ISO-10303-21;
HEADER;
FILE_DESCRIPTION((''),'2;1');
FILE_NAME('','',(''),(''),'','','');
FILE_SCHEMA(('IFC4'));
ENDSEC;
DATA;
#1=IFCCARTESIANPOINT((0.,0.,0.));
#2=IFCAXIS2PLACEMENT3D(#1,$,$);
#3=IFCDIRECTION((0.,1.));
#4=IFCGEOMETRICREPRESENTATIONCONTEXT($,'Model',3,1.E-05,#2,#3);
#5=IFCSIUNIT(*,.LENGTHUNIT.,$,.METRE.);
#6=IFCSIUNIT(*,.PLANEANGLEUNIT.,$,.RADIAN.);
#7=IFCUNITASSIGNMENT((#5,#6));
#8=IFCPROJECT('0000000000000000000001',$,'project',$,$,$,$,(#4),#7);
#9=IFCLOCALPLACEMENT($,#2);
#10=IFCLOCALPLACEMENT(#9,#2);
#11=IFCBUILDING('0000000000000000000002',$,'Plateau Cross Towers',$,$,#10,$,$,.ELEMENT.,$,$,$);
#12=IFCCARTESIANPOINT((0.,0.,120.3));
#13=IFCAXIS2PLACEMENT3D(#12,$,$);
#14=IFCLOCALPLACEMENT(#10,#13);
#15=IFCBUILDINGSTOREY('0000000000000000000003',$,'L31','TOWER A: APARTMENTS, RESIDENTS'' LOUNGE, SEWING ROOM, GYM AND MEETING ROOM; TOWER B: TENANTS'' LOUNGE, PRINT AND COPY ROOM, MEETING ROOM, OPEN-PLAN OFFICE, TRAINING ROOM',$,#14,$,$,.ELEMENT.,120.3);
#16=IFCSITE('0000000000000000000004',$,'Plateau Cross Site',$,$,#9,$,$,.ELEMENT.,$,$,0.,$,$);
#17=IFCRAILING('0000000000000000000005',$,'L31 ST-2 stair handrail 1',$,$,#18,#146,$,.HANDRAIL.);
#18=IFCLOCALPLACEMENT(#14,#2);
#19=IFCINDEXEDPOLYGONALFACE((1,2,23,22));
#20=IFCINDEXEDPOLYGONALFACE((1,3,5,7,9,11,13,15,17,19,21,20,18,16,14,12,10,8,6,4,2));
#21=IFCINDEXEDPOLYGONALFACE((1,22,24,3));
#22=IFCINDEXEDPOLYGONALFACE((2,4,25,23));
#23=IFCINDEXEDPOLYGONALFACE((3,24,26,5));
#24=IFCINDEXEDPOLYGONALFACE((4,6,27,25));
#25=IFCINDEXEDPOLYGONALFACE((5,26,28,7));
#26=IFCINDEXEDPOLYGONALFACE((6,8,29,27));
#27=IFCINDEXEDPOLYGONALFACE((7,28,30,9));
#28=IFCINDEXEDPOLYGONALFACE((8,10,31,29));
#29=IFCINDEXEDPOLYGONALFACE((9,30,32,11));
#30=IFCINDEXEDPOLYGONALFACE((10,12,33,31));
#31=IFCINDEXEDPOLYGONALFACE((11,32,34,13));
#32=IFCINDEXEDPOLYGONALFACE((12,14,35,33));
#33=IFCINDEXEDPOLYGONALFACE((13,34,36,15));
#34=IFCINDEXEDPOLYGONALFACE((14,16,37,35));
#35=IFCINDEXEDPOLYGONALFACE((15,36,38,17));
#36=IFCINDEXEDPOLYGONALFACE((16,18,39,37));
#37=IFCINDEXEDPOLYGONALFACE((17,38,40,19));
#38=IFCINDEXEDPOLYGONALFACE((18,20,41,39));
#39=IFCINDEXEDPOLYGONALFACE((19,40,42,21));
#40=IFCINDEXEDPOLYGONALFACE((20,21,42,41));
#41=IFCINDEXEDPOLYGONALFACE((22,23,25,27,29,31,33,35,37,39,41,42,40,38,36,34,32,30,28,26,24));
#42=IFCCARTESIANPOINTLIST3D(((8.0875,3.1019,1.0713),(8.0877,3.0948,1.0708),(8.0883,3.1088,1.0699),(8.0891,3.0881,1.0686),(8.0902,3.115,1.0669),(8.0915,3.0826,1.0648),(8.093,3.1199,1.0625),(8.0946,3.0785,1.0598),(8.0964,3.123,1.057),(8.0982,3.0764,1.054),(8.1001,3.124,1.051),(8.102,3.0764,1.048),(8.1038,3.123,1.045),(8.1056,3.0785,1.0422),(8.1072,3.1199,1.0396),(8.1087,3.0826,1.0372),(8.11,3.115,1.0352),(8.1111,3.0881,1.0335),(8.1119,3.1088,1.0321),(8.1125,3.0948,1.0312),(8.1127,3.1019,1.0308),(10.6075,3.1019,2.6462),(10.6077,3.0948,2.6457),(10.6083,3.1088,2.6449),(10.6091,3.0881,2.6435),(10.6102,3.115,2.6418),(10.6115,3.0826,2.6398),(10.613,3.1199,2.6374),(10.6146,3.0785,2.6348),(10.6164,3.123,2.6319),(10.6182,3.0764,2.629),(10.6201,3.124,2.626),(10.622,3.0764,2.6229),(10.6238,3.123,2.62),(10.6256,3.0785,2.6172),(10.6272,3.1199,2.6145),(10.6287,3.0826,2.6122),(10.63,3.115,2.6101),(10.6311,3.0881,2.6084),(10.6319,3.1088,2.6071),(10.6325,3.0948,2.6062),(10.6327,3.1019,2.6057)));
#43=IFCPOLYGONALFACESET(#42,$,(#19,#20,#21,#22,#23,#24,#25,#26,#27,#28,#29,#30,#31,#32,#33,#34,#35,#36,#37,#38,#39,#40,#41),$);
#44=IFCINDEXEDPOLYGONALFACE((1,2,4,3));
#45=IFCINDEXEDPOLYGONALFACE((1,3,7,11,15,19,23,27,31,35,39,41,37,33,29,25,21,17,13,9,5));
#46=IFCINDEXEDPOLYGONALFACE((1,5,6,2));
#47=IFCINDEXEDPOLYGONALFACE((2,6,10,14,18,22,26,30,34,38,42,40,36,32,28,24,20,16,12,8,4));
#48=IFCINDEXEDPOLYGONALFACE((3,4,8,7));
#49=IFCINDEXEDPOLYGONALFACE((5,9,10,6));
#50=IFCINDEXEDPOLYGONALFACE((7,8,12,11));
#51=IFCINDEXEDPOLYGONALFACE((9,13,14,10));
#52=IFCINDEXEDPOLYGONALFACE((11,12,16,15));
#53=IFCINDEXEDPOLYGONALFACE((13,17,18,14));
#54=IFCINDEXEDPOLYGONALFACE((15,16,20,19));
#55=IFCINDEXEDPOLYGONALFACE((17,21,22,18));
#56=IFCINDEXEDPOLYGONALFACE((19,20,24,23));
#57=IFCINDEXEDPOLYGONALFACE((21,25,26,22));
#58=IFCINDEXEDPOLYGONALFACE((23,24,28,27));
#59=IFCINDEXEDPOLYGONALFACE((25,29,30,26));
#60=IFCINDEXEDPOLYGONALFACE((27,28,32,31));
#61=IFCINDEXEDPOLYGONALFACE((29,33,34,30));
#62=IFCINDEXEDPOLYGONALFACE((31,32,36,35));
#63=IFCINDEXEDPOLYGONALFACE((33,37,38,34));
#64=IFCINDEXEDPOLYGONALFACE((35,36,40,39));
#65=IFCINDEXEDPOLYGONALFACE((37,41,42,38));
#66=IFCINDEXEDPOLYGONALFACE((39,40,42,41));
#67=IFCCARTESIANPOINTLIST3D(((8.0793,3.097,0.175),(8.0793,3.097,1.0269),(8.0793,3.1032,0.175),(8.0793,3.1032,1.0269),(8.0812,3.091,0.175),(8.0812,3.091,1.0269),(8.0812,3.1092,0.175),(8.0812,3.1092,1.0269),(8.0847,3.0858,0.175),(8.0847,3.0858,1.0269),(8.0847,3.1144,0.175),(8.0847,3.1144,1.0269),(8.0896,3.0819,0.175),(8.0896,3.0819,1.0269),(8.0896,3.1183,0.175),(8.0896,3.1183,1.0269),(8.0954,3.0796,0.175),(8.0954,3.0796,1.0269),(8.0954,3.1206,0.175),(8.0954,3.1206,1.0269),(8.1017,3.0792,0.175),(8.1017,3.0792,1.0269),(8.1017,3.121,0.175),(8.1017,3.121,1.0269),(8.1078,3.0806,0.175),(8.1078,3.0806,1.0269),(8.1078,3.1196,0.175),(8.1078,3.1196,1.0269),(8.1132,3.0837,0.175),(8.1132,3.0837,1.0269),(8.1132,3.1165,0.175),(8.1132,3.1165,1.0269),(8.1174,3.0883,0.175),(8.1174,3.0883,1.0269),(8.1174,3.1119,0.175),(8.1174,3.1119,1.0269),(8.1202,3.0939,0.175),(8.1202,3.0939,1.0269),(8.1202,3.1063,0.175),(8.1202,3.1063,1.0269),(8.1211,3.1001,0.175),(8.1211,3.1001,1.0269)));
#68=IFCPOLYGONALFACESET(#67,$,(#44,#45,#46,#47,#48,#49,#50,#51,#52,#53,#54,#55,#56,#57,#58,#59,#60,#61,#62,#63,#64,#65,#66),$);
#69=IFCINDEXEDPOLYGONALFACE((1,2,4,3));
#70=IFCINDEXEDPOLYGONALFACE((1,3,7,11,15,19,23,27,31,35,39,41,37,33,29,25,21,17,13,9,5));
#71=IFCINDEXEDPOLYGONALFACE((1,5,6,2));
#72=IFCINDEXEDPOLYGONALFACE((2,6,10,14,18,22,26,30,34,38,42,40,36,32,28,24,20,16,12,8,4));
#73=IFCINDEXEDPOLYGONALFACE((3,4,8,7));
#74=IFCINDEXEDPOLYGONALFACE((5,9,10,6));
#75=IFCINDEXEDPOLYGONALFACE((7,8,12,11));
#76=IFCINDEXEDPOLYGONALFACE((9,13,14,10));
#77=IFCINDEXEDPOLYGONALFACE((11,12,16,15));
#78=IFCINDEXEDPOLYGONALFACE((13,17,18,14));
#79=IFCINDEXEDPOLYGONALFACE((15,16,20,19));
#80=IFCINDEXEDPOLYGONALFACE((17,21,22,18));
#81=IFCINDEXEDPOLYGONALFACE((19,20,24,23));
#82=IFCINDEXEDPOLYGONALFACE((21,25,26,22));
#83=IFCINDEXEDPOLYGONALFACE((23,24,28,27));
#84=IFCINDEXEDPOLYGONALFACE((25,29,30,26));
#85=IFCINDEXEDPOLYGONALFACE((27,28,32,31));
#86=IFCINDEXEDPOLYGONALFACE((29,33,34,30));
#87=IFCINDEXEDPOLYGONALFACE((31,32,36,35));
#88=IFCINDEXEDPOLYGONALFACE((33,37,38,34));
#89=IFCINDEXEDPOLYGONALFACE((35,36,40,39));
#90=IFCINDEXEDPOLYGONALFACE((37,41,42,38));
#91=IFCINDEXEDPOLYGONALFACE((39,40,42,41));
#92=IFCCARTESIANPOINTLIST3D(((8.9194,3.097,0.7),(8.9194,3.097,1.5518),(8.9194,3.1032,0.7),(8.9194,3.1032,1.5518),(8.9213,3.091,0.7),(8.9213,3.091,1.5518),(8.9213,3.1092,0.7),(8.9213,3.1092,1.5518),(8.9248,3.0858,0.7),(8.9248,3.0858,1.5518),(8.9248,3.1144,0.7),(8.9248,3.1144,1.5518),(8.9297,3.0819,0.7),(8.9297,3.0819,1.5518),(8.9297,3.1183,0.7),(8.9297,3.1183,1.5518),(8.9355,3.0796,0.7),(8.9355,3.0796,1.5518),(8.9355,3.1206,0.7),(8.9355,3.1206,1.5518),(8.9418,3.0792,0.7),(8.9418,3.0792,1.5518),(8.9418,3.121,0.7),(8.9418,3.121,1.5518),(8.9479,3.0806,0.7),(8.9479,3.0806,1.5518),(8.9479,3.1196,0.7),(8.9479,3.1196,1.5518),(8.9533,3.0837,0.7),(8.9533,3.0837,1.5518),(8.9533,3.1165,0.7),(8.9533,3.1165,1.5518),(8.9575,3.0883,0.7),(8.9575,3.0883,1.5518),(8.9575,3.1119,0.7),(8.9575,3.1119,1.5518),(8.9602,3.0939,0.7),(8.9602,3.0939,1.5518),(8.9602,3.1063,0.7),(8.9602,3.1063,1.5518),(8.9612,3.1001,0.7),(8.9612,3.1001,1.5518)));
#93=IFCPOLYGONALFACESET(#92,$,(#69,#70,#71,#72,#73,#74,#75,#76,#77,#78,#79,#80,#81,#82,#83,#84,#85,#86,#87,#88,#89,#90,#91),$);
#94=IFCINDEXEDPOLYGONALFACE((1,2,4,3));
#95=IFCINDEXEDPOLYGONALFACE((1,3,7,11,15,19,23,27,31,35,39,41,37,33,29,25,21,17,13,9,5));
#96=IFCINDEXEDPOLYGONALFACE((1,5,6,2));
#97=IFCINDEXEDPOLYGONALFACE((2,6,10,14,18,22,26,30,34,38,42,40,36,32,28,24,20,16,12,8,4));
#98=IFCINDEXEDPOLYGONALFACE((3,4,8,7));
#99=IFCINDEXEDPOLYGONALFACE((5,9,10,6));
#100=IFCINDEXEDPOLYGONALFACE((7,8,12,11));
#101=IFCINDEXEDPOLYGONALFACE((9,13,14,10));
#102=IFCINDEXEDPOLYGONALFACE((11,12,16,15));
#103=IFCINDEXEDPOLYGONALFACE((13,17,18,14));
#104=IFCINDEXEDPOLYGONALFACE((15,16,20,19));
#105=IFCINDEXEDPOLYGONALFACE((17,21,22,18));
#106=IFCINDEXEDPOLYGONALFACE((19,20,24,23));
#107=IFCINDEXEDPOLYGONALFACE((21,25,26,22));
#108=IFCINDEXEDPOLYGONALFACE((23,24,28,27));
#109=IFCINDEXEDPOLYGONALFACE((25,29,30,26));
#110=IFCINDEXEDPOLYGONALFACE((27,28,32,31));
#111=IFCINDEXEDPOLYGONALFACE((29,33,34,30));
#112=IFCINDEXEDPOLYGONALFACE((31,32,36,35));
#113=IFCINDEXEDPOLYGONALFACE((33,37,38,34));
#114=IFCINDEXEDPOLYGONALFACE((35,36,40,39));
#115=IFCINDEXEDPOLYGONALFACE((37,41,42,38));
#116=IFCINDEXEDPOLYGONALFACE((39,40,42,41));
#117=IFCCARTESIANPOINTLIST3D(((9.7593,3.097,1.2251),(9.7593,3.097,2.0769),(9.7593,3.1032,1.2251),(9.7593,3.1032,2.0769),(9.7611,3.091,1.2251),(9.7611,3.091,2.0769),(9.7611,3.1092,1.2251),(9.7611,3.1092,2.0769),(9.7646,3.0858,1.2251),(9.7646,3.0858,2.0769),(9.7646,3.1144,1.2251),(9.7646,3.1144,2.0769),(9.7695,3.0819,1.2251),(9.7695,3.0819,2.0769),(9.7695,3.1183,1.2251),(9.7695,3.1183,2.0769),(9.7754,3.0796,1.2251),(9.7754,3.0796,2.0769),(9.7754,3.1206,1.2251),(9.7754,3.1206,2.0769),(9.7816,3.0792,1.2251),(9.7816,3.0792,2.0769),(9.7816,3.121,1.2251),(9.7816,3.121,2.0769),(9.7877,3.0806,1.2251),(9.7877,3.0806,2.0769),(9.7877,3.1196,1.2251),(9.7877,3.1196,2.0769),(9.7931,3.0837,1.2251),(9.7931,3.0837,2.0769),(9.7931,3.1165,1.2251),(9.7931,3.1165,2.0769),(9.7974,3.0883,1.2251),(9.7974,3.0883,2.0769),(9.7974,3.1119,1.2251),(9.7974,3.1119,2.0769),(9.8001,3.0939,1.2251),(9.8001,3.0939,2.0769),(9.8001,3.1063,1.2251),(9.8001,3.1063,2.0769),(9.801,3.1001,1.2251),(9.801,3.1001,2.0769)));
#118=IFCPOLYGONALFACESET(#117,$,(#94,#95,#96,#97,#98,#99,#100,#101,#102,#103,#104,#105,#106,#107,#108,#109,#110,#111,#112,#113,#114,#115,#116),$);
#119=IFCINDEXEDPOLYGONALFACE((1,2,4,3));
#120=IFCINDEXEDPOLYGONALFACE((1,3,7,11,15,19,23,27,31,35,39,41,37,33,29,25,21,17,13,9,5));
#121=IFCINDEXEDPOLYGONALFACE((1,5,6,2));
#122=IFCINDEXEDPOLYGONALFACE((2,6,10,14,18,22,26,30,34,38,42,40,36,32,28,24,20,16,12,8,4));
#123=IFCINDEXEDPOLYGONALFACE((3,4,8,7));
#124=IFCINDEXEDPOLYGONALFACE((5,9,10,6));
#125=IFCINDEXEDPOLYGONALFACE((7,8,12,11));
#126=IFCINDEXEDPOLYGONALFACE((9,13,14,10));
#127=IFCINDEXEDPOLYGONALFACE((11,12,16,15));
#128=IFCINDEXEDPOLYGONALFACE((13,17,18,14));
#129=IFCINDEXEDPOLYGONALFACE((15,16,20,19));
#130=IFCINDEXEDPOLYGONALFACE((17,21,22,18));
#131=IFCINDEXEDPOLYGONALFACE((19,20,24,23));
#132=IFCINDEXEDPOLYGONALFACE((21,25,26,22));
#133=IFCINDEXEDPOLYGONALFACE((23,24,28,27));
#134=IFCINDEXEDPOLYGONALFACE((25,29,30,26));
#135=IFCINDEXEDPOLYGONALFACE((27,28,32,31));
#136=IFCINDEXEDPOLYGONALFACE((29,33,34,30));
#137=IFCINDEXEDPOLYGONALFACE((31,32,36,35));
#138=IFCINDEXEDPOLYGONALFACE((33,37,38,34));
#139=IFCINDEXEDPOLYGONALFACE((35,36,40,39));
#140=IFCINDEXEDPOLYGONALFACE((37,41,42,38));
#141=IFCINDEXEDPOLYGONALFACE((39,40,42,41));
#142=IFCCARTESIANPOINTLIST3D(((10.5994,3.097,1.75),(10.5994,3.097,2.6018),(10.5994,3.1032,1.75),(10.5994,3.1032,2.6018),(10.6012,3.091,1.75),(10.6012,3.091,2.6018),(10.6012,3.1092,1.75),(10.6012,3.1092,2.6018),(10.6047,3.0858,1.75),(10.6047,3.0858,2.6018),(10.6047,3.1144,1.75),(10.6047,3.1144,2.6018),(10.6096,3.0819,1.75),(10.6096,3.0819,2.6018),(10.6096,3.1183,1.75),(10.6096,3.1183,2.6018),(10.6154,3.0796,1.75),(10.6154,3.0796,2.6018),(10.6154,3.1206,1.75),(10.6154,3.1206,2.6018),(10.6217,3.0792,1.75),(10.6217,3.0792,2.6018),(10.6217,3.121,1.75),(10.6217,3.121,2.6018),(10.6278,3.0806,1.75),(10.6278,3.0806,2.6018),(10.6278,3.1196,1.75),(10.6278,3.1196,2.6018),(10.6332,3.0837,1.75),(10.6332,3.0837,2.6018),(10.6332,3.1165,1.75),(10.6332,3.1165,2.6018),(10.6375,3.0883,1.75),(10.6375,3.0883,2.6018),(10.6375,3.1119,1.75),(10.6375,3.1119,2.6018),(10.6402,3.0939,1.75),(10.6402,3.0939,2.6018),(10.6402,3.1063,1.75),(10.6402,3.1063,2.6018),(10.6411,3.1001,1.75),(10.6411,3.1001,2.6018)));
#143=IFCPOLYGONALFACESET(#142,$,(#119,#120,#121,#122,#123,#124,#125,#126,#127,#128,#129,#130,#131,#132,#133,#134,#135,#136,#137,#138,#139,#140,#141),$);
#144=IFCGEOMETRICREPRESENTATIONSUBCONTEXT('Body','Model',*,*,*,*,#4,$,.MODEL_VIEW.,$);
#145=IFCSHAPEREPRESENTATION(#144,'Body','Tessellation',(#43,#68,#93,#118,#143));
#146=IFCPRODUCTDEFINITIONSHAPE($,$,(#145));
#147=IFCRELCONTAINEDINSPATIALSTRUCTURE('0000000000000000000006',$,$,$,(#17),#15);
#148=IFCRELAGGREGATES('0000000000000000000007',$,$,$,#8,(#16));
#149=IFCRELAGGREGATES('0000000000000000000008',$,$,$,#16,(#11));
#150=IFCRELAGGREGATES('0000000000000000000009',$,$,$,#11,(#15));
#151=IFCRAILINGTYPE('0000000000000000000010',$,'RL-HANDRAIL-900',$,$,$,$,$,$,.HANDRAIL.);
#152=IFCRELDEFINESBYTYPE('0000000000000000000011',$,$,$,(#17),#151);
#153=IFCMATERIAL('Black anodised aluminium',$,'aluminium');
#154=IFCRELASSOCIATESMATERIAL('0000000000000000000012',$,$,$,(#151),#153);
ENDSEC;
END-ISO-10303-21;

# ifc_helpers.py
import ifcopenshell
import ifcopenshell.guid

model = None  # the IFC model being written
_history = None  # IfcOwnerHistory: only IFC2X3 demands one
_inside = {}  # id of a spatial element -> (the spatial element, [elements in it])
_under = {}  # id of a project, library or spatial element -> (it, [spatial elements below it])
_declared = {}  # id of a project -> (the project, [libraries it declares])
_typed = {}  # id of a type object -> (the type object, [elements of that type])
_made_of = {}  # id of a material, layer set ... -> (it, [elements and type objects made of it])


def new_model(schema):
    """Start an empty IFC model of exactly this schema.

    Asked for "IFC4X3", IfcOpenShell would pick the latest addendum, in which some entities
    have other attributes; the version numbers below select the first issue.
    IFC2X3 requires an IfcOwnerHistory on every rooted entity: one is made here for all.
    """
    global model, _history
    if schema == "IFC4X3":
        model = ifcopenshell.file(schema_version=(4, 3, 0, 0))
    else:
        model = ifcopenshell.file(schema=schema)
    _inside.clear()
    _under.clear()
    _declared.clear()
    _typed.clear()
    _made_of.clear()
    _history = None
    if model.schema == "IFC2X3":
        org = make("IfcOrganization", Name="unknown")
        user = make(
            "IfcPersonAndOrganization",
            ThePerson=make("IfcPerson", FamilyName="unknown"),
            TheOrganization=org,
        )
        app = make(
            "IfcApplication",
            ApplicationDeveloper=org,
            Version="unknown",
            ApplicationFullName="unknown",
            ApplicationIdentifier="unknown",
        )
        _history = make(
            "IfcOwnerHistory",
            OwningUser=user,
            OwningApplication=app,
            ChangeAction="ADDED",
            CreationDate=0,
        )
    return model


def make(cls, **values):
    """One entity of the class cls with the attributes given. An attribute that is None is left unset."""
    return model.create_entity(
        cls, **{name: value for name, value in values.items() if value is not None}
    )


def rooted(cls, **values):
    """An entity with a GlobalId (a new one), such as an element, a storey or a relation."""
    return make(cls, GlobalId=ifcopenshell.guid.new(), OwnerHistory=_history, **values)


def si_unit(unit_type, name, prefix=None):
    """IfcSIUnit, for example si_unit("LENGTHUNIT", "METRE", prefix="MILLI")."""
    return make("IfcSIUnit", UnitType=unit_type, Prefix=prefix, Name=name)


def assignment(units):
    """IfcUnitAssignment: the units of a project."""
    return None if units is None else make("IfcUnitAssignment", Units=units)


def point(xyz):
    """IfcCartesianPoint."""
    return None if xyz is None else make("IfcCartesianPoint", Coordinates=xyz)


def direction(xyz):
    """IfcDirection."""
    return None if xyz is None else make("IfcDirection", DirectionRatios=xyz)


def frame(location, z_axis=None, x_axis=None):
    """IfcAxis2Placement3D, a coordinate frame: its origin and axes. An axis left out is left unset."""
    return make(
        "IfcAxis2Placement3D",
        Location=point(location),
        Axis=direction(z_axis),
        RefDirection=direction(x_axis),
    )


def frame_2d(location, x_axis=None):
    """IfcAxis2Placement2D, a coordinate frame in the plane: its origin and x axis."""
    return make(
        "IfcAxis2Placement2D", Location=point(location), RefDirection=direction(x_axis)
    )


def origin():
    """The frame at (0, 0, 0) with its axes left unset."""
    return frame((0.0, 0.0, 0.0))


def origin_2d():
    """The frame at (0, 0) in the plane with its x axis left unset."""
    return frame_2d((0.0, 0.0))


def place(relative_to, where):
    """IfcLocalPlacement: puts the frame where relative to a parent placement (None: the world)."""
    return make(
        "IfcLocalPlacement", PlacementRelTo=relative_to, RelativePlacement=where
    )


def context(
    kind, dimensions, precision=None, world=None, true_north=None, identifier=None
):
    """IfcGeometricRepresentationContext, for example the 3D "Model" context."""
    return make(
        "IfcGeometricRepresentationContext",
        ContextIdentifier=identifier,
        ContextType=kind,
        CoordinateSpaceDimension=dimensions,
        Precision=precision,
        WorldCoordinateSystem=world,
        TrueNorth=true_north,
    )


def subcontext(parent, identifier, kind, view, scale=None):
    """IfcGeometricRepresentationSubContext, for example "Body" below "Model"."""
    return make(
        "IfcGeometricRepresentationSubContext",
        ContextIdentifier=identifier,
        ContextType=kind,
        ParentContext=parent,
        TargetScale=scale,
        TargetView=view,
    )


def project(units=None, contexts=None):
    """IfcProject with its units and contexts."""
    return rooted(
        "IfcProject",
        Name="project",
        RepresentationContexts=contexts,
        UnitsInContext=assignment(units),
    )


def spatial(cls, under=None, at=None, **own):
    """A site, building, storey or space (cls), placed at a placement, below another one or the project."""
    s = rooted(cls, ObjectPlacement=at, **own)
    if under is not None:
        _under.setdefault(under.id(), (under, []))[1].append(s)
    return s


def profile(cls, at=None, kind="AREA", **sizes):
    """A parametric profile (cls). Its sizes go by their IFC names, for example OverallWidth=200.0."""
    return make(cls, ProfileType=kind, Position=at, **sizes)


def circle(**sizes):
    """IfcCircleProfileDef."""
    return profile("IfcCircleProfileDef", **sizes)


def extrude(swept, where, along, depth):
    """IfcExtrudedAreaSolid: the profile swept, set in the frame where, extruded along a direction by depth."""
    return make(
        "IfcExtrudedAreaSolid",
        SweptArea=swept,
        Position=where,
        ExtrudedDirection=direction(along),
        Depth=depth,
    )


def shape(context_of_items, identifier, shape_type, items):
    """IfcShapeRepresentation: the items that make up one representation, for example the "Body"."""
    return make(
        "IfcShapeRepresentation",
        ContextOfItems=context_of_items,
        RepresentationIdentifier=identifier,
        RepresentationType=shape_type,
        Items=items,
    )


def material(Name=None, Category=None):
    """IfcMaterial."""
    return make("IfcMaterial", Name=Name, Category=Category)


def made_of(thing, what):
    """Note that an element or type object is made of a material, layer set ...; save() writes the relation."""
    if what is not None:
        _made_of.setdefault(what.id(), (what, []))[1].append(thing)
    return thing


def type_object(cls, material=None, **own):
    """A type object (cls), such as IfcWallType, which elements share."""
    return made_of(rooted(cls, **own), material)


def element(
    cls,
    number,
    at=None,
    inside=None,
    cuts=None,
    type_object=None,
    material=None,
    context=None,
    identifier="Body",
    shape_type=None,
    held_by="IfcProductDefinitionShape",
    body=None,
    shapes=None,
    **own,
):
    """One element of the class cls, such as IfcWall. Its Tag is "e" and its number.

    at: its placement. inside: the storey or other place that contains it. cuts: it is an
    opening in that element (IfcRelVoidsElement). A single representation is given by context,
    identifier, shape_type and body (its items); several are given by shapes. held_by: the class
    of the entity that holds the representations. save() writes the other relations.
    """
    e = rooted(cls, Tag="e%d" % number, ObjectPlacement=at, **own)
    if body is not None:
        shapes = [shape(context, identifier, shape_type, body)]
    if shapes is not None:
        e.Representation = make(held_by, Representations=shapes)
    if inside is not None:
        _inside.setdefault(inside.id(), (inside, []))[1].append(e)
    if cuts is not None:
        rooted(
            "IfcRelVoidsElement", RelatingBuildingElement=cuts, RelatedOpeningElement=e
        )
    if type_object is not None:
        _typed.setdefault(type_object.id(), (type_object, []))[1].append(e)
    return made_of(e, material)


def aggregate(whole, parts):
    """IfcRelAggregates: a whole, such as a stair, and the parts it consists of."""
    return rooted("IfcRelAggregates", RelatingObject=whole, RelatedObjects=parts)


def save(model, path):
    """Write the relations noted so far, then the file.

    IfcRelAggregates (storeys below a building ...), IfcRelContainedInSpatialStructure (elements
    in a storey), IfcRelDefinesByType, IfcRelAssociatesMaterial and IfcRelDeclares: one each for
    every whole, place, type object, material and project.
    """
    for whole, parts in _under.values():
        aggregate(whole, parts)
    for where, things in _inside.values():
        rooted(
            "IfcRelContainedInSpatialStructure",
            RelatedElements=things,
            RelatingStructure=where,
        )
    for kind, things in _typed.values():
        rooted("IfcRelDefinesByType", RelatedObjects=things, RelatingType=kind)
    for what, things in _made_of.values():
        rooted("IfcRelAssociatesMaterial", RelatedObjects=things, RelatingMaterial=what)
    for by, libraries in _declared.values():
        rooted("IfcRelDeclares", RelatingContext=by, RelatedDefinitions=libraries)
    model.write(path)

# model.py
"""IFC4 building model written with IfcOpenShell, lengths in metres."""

from ifc_helpers import new_model, si_unit, direction, frame, origin, origin_2d, place, context, subcontext, project, spatial, circle, extrude, material, type_object, element, save


model = new_model("IFC4")

# Units and contexts
model_context = context("Model", 3, precision=1e-05, world=origin(), true_north=direction((0.0, 1.0)))
body_context = subcontext(model_context, "Body", "Model", "MODEL_VIEW")
ifc_project = project(units=[si_unit("LENGTHUNIT", "METRE"), si_unit("PLANEANGLEUNIT", "RADIAN")], contexts=[model_context])

# Site, building, storey
site_placement = place(None, origin())
site = spatial("IfcSite", under=ifc_project, at=site_placement, Name="Plateau Cross Site", CompositionType="ELEMENT", RefElevation=0.0)
building_placement = place(site_placement, origin())
building = spatial("IfcBuilding", under=site, at=building_placement, Name="Plateau Cross Towers", CompositionType="ELEMENT")
storey_placement = place(building_placement, frame((0.0, 0.0, 120.3)))
storey = spatial("IfcBuildingStorey", under=building, at=storey_placement, Name="L31", Description="TOWER A: APARTMENTS, RESIDENTS' LOUNGE, SEWING ROOM, GYM AND MEETING ROOM; TOWER B: TENANTS' LOUNGE, PRINT AND COPY ROOM, MEETING ROOM, OPEN-PLAN OFFICE, TRAINING ROOM", CompositionType="ELEMENT", Elevation=120.3)

# Shared definitions
ifc_material_1 = material(Name="Black anodised aluminium", Category="aluminium")

# Railing
railing_type_1 = type_object("IfcRailingType", Name="RL-HANDRAIL-900", PredefinedType="HANDRAIL", material=ifc_material_1)
railing_1_placement = place(storey_placement, frame((8.1001, 3.1001, 0.175)))
element("IfcRailing", 1, at=railing_1_placement, inside=storey, type_object=railing_type_1, Name="L31 ST-2 stair handrail 1", PredefinedType="HANDRAIL", context=body_context, shape_type="SweptSolid", body=[
    extrude(circle(Radius=0.0239, at=origin_2d()), frame((0.0, 0.0, 0.876), z_axis=(0.848008, 0.0, 0.529984), x_axis=(0.0, 1.0, 0.0)), (0.0, 0.0, 1.0), 2.9717),
    extrude(circle(Radius=0.021, at=origin_2d()), origin(), (0.0, 0.0, 1.0), 0.8518),
    extrude(circle(Radius=0.021, at=origin_2d()), frame((0.8401, 0.0, 0.5249)), (0.0, 0.0, 1.0), 0.8518),
    extrude(circle(Radius=0.021, at=origin_2d()), frame((1.6799, 0.0, 1.05)), (0.0, 0.0, 1.0), 0.8518),
    extrude(circle(Radius=0.021, at=origin_2d()), frame((2.52, 0.0, 1.575)), (0.0, 0.0, 1.0), 0.8518),
])

save(model, "model.ifc")
